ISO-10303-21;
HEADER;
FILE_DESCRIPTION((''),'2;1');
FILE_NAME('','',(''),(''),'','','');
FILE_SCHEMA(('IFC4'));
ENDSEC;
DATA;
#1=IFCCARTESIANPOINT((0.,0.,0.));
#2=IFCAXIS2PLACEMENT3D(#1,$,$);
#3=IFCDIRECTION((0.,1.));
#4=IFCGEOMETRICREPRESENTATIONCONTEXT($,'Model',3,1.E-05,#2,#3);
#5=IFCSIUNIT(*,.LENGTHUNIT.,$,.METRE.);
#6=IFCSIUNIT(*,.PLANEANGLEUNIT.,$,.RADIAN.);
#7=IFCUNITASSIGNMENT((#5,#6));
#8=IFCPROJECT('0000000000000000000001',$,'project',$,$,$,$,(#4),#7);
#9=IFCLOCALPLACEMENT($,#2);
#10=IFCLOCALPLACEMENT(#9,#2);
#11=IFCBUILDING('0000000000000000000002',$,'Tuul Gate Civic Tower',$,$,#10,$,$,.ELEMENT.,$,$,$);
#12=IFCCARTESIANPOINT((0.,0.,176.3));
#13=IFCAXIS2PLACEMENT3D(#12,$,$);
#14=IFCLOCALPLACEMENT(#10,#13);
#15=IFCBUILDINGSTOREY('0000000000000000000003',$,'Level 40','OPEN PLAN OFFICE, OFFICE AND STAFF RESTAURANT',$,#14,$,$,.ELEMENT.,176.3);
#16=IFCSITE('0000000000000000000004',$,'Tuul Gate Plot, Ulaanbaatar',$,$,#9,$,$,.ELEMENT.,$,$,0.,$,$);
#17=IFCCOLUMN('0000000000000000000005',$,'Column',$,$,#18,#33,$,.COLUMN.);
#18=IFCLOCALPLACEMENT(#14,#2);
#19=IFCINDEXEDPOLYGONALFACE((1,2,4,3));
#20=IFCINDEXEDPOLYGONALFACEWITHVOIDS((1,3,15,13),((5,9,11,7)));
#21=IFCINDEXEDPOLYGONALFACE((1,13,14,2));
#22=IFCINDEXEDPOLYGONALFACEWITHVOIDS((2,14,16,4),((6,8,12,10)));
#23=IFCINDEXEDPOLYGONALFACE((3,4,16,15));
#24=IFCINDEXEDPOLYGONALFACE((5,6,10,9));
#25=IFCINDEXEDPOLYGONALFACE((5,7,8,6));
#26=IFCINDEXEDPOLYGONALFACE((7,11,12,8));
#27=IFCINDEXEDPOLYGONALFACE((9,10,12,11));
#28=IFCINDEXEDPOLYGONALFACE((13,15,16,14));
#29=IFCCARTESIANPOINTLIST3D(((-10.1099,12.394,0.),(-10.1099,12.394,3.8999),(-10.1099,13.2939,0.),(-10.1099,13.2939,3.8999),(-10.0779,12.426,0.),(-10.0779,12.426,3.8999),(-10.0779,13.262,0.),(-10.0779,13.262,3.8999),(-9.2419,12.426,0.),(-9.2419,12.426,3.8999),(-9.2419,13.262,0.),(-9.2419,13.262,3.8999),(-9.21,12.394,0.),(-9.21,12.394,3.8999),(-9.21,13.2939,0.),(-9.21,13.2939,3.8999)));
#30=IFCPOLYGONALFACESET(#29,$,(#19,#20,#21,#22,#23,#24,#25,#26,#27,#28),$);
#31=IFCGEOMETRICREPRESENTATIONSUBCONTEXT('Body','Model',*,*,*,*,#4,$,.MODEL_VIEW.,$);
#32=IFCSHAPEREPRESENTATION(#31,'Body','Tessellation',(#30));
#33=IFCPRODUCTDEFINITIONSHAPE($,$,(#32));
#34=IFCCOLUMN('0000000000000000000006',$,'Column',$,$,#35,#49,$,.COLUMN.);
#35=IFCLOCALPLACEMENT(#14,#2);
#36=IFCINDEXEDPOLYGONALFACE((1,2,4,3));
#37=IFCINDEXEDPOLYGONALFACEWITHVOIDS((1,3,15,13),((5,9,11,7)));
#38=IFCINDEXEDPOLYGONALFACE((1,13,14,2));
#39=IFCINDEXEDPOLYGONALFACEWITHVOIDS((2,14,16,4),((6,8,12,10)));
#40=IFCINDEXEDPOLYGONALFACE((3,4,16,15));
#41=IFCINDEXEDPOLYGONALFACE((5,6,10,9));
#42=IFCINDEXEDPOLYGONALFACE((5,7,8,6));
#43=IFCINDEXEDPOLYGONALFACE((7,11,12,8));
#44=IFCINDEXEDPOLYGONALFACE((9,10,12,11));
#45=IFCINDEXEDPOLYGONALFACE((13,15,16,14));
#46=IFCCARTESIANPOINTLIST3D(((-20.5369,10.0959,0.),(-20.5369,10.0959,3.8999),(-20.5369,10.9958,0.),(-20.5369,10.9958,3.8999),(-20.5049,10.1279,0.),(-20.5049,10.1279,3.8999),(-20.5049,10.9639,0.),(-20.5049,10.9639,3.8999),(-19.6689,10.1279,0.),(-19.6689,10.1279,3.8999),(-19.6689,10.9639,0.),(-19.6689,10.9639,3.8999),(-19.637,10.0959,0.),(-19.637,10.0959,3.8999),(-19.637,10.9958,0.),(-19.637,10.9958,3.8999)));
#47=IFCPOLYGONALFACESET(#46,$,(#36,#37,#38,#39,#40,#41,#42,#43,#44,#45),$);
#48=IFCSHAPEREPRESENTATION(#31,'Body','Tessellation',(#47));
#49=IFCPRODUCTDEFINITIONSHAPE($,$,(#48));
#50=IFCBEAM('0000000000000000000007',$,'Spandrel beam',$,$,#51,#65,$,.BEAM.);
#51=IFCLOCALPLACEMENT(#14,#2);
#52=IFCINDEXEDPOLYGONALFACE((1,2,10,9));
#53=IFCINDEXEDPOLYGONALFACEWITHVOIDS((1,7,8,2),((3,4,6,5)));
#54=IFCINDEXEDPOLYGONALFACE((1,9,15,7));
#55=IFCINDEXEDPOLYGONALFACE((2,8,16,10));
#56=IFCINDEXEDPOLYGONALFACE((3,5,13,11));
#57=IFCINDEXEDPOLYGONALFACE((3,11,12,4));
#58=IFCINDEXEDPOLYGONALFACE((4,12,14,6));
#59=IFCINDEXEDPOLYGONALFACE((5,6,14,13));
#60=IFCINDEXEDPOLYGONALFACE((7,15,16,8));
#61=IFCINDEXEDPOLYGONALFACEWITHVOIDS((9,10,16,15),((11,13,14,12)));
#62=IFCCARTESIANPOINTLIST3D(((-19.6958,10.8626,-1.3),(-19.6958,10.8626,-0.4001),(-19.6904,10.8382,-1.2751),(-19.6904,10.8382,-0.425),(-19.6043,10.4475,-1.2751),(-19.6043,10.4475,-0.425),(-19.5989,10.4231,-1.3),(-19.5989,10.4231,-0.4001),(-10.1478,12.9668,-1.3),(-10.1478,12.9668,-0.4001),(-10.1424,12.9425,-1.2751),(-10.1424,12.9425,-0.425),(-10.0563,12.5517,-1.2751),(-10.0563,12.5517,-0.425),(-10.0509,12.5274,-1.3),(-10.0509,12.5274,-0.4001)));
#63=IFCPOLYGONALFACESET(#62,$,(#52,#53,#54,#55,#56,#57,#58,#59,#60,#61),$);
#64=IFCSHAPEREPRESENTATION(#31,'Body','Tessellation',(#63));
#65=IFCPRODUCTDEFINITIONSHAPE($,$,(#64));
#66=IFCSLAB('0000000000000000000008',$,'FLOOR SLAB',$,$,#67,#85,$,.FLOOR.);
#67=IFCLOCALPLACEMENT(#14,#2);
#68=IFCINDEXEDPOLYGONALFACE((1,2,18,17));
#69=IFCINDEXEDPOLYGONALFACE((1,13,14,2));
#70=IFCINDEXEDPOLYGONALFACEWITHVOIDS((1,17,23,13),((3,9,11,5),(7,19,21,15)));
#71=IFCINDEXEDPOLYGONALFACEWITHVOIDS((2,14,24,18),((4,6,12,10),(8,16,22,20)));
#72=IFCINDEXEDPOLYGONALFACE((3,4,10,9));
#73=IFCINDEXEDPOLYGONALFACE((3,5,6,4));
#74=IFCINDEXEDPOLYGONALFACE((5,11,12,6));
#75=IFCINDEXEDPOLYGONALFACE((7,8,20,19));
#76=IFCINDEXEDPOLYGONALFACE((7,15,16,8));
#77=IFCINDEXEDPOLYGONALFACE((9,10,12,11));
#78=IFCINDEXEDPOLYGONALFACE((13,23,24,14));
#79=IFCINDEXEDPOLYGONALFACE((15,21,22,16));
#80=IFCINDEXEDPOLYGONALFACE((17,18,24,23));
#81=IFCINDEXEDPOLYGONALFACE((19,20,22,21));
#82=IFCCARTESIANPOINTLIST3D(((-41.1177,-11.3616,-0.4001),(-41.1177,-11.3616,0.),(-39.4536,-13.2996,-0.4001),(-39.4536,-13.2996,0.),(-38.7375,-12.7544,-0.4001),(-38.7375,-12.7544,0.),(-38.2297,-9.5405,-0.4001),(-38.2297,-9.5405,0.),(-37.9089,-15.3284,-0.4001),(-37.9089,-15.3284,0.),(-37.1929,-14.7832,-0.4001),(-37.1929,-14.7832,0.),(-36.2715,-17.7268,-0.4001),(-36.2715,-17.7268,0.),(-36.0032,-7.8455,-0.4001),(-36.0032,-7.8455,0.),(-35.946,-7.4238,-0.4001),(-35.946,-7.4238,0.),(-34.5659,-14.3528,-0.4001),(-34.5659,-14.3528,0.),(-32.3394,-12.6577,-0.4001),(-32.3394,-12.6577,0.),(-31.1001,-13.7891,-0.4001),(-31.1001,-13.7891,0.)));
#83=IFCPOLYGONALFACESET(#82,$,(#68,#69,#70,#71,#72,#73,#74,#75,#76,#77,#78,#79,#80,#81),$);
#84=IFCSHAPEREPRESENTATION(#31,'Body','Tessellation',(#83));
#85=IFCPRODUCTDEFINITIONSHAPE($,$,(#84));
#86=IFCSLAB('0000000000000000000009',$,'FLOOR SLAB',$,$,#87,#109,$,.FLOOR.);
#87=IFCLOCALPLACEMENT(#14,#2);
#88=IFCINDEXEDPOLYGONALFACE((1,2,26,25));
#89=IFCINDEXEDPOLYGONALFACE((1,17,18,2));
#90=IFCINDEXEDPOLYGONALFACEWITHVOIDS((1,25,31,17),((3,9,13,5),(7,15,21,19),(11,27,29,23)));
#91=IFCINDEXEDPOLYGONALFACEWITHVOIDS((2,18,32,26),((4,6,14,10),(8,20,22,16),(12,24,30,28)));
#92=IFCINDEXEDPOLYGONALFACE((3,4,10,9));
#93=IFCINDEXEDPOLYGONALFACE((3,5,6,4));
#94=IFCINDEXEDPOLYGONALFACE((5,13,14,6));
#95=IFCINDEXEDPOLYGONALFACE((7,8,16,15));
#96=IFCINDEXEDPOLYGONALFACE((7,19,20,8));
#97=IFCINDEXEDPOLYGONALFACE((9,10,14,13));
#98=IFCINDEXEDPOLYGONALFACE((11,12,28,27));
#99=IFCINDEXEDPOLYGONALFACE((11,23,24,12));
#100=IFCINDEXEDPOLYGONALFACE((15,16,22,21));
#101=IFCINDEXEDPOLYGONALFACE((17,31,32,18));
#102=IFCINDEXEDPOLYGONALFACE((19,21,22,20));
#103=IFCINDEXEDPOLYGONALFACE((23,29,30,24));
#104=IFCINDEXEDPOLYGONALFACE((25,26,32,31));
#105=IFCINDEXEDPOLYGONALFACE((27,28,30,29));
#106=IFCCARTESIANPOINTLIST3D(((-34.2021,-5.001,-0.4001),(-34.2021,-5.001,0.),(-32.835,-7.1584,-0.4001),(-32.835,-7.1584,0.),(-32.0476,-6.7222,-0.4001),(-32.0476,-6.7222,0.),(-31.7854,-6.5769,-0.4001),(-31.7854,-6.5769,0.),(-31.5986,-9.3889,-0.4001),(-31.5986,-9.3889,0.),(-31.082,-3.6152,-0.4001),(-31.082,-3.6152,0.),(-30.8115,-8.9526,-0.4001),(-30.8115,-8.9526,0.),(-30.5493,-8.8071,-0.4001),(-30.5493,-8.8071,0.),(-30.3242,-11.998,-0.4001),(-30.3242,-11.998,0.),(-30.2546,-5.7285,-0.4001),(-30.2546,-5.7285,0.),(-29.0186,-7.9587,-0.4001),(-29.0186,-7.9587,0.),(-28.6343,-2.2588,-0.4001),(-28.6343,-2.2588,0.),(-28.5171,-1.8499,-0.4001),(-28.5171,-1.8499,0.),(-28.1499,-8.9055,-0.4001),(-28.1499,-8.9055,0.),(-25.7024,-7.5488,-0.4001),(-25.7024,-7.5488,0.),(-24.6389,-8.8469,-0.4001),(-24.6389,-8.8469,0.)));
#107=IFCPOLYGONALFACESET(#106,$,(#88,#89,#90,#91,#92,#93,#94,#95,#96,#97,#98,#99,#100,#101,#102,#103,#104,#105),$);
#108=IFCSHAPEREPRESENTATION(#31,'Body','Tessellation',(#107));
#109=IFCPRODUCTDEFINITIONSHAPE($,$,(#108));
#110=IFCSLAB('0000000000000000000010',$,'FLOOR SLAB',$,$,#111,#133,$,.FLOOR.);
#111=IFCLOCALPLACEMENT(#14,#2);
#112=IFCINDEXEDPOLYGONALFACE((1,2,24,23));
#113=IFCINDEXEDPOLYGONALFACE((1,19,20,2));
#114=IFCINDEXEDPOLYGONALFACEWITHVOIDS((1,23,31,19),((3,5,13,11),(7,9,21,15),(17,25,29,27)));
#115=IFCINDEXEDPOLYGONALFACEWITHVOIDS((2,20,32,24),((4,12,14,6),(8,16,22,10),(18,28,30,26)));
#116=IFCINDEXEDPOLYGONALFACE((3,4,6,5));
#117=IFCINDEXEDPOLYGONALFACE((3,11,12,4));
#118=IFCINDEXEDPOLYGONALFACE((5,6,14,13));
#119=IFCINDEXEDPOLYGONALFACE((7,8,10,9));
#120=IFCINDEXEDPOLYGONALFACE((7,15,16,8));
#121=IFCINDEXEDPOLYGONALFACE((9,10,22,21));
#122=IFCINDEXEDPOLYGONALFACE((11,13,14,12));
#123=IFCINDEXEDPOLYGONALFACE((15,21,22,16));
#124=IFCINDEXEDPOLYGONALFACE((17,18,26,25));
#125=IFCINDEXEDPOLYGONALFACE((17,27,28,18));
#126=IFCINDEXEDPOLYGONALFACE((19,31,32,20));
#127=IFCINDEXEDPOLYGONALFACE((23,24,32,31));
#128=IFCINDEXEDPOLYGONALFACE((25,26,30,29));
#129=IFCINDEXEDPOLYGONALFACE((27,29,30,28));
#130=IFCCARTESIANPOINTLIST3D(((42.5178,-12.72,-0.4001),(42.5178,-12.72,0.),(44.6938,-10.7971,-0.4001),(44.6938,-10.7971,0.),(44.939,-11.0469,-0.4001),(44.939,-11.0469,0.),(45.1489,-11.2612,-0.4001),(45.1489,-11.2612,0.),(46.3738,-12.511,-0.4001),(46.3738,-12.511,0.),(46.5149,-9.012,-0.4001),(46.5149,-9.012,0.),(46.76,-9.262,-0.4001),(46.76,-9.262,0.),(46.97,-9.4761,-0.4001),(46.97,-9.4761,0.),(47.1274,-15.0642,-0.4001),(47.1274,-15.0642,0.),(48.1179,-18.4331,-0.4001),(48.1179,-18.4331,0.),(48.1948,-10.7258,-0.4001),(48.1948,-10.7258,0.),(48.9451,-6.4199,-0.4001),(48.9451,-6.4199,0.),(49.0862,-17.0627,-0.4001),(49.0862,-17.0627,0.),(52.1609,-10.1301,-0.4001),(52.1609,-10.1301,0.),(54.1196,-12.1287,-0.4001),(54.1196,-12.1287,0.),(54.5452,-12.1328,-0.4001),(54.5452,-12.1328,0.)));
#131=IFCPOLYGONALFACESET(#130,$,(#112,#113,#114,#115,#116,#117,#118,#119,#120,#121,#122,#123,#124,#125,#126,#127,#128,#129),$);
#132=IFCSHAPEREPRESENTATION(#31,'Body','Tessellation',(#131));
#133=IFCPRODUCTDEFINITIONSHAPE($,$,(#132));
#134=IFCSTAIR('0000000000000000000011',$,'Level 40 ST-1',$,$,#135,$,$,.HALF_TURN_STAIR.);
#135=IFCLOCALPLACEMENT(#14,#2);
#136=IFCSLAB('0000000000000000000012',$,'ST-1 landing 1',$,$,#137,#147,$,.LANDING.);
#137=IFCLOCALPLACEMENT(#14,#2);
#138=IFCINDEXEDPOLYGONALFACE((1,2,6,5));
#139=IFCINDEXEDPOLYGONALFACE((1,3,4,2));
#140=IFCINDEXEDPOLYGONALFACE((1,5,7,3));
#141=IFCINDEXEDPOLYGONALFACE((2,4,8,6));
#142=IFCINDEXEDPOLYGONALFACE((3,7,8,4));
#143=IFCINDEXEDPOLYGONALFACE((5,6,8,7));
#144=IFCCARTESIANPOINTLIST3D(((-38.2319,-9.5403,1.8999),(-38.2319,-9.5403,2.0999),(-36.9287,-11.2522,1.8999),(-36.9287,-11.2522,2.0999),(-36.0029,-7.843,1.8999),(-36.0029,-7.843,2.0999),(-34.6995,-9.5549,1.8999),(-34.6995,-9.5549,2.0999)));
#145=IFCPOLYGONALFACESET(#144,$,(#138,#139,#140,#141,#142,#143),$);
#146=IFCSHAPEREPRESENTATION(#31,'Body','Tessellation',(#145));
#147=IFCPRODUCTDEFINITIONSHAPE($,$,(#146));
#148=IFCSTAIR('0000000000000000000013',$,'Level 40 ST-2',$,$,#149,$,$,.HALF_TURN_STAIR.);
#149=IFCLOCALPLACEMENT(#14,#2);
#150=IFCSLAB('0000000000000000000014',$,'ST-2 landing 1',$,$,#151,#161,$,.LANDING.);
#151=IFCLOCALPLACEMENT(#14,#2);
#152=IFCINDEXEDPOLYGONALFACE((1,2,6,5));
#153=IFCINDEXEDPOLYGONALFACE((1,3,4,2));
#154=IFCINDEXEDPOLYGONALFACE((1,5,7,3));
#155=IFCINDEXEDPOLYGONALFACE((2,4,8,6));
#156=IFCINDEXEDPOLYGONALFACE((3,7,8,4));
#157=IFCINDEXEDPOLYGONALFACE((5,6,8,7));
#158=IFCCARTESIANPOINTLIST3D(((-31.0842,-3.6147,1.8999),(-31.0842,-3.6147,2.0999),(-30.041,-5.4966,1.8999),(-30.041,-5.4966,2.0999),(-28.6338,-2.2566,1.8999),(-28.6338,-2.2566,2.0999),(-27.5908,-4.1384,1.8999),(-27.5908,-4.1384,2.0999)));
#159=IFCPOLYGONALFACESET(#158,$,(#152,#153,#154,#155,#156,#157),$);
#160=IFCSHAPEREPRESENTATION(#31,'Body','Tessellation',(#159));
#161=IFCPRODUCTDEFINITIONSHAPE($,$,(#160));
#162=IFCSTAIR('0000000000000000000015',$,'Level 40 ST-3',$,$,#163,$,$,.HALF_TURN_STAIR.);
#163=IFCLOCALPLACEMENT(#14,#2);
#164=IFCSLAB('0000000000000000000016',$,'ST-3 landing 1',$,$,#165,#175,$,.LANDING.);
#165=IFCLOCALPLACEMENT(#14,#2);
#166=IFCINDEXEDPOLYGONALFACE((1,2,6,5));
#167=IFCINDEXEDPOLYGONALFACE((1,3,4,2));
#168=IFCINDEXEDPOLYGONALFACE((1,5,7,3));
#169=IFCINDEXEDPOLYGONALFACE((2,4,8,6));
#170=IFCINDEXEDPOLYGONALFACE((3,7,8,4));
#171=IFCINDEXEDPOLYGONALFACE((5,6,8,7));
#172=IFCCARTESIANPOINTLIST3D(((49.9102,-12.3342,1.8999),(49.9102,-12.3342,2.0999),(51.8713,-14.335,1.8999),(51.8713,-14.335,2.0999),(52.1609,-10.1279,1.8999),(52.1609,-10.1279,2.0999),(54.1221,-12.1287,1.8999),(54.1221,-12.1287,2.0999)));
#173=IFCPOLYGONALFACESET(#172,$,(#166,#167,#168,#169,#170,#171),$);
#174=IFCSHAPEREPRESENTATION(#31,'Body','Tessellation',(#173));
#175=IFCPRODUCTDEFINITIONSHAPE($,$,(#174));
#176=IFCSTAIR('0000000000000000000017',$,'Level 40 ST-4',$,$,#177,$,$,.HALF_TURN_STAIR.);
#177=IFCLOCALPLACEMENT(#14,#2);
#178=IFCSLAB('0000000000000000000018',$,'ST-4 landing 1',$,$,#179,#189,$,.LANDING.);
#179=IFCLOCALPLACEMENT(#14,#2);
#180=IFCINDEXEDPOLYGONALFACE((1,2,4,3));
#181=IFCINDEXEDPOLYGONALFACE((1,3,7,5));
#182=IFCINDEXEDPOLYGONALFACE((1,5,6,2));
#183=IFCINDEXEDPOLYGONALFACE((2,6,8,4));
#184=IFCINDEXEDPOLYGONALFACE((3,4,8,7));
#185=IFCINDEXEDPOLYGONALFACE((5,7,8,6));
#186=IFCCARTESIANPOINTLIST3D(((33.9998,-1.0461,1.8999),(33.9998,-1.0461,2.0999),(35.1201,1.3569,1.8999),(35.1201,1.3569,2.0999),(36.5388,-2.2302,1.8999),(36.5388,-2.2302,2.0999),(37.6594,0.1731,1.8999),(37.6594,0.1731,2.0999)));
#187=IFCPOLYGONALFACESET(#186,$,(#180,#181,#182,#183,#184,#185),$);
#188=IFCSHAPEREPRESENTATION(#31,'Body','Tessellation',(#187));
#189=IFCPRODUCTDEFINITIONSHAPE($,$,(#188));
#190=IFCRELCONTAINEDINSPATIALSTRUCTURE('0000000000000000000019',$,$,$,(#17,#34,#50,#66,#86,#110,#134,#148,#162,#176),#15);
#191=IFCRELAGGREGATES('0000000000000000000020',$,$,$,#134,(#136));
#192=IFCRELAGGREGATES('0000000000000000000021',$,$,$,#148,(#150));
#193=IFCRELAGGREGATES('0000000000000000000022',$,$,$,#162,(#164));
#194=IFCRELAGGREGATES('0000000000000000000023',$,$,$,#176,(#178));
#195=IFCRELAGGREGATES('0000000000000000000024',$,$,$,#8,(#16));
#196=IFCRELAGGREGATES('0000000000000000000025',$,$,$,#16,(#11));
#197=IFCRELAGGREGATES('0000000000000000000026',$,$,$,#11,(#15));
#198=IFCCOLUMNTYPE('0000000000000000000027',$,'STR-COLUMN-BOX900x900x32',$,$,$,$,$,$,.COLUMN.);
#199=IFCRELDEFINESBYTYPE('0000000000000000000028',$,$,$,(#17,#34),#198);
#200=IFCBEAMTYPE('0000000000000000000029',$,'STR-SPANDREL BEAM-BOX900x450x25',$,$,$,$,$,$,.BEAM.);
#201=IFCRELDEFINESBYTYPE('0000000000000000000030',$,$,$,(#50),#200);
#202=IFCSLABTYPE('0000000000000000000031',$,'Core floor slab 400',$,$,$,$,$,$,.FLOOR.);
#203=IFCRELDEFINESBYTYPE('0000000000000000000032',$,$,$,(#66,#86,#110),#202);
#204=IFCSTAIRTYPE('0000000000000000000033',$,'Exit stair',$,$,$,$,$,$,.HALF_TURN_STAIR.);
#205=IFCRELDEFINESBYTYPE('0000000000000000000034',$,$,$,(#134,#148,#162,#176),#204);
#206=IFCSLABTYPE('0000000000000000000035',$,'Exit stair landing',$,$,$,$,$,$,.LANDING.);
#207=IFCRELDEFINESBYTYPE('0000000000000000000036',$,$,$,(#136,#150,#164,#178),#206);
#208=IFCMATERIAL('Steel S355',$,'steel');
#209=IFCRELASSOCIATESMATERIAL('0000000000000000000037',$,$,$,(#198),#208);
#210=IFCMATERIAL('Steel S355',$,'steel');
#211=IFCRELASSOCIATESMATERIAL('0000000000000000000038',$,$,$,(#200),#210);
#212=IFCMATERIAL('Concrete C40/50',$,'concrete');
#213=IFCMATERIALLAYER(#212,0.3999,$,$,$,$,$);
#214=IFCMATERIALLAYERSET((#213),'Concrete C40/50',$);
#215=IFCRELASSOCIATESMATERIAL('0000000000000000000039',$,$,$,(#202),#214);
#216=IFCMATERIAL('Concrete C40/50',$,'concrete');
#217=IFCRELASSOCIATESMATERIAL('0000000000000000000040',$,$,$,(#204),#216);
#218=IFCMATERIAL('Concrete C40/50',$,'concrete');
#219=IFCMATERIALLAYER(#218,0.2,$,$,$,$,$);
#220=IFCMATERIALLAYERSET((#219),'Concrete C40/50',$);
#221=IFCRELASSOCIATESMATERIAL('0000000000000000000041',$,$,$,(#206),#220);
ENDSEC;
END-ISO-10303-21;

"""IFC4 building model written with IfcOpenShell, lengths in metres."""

from ifc_helpers import new_model, si_unit, direction, frame, origin, origin_2d, place, context, subcontext, project, spatial, polyline, hollow_rectangle, outline, extrude, material, layer, layer_set, material_profile, profile_set, type_object, element, aggregate, save


model = new_model("IFC4")

# Units and contexts
model_context = context("Model", 3, precision=1e-05, world=origin(), true_north=direction((0.0, 1.0)))
body_context = subcontext(model_context, "Body", "Model", "MODEL_VIEW")
ifc_project = project(units=[si_unit("LENGTHUNIT", "METRE"), si_unit("PLANEANGLEUNIT", "RADIAN")], contexts=[model_context])

# Site, building, storey
site_placement = place(None, origin())
site = spatial("IfcSite", under=ifc_project, at=site_placement, Name="Tuul Gate Plot, Ulaanbaatar", CompositionType="ELEMENT", RefElevation=0.0)
building_placement = place(site_placement, origin())
building = spatial("IfcBuilding", under=site, at=building_placement, Name="Tuul Gate Civic Tower", CompositionType="ELEMENT")
storey_placement = place(building_placement, frame((0.0, 0.0, 176.3)))
storey = spatial("IfcBuildingStorey", under=building, at=storey_placement, Name="Level 40", Description="OPEN PLAN OFFICE, OFFICE AND STAFF RESTAURANT", CompositionType="ELEMENT", Elevation=176.3)

# Columns
ifc_material_1 = material(Name="Steel S355", Category="steel")
ifc_material_profile_1 = material_profile(ifc_material_1, hollow_rectangle(XDim=0.8999, YDim=0.8999, WallThickness=0.032, at=origin_2d()), Name="BOX900x900x32")
ifc_profile_set_1 = profile_set([ifc_material_profile_1], Name="Steel S355")
column_type = type_object("IfcColumnType", Name="STR-COLUMN-BOX900x900x32", PredefinedType="COLUMN", material=ifc_profile_set_1)
for number, where, z_axis, x_axis, name in (
    (1, (-9.6599, 12.844, 0.0), (0.0, 0.0, 1.0), (1.0, 0.0, 0.0), "Column"),
    (2, (-20.0869, 10.5459, 0.0), (0.0, 0.0, 1.0), (1.0, 0.0, 0.0), "Column"),
):
    element("IfcColumn", number, at=place(storey_placement, frame(where, z_axis=z_axis, x_axis=x_axis)), inside=storey, type_object=column_type, Name=name, PredefinedType="COLUMN", context=body_context, shape_type="SweptSolid", body=[
        extrude(hollow_rectangle(XDim=0.8999, YDim=0.8999, WallThickness=0.032, at=origin_2d()), origin(), (0.0, 0.0, 1.0), 3.8999),
    ])

# Beam
ifc_material_2 = material(Name="Steel S355", Category="steel")
ifc_material_profile_2 = material_profile(ifc_material_2, hollow_rectangle(XDim=0.45, YDim=0.8999, WallThickness=0.0249, at=origin_2d()), Name="BOX900x450x25")
ifc_profile_set_2 = profile_set([ifc_material_profile_2], Name="Steel S355")
beam_type = type_object("IfcBeamType", Name="STR-SPANDREL BEAM-BOX900x450x25", PredefinedType="BEAM", material=ifc_profile_set_2)
beam_placement = place(storey_placement, frame((-10.0994, 12.7471, -0.8501), z_axis=(-0.976566, -0.21522, 0.0), x_axis=(0.21522, -0.976566, 0.0)))
element("IfcBeam", 3, at=beam_placement, inside=storey, type_object=beam_type, Name="Spandrel beam", PredefinedType="BEAM", context=body_context, shape_type="SweptSolid", body=[
    extrude(hollow_rectangle(XDim=0.45, YDim=0.8999, WallThickness=0.0249, at=origin_2d()), origin(), (0.0, 0.0, 1.0), 9.7771),
])

# Slabs
ifc_material_3 = material(Name="Concrete C40/50", Category="concrete")
ifc_layer_1 = layer(ifc_material_3, 0.3999)
ifc_layer_set_1 = layer_set([ifc_layer_1], Name="Concrete C40/50")
slab_type_1 = type_object("IfcSlabType", Name="Core floor slab 400", PredefinedType="FLOOR", material=ifc_layer_set_1)
slab_1_placement = place(storey_placement, frame((0.0, 0.0, -0.4001)))
element("IfcSlab", 4, at=slab_1_placement, inside=storey, type_object=slab_type_1, Name="FLOOR SLAB", PredefinedType="FLOOR", context=body_context, shape_type="SweptSolid", body=[
    extrude(outline(polyline([(-31.1001, -13.7891), (-35.946, -7.4238), (-41.1177, -11.3616), (-36.2715, -17.7268), (-31.1001, -13.7891)]), holes=[polyline([(-37.1929, -14.7832), (-38.7375, -12.7544), (-39.4536, -13.2996), (-37.9089, -15.3284), (-37.1929, -14.7832)]), polyline([(-32.3394, -12.6577), (-34.5659, -14.3528), (-38.2297, -9.5405), (-36.0032, -7.8455), (-32.3394, -12.6577)])]), origin(), (0.0, 0.0, 1.0), 0.4001),
])
slab_2_placement = place(storey_placement, frame((0.0, 0.0, -0.4001)))
element("IfcSlab", 5, at=slab_2_placement, inside=storey, type_object=slab_type_1, Name="FLOOR SLAB", PredefinedType="FLOOR", context=body_context, shape_type="SweptSolid", body=[
    extrude(outline(polyline([(-24.6389, -8.8469), (-28.5171, -1.8499), (-34.2021, -5.001), (-30.3242, -11.998), (-24.6389, -8.8469)]), holes=[polyline([(-29.0186, -7.9587), (-30.2546, -5.7285), (-31.7854, -6.5769), (-30.5493, -8.8071), (-29.0186, -7.9587)]), polyline([(-30.8115, -8.9526), (-32.0476, -6.7222), (-32.835, -7.1584), (-31.5986, -9.3889), (-30.8115, -8.9526)]), polyline([(-25.7024, -7.5488), (-28.1499, -8.9055), (-31.082, -3.6152), (-28.6343, -2.2588), (-25.7024, -7.5488)])]), origin(), (0.0, 0.0, 1.0), 0.4001),
])
slab_3_placement = place(storey_placement, frame((0.0, 0.0, -0.4001)))
element("IfcSlab", 6, at=slab_3_placement, inside=storey, type_object=slab_type_1, Name="FLOOR SLAB", PredefinedType="FLOOR", context=body_context, shape_type="SweptSolid", body=[
    extrude(outline(polyline([(48.1179, -18.4331), (54.5452, -12.1328), (48.9451, -6.4199), (42.5178, -12.72), (48.1179, -18.4331)]), holes=[polyline([(46.3738, -12.511), (48.1948, -10.7258), (46.97, -9.4761), (45.1489, -11.2612), (46.3738, -12.511)]), polyline([(44.939, -11.0469), (46.76, -9.262), (46.5149, -9.012), (44.6938, -10.7971), (44.939, -11.0469)]), polyline([(49.0862, -17.0627), (47.1274, -15.0642), (52.1609, -10.1301), (54.1196, -12.1287), (49.0862, -17.0627)])]), origin(), (0.0, 0.0, 1.0), 0.4001),
])

# Stairs, slabs
ifc_material_4 = material(Name="Concrete C40/50", Category="concrete")
stair_type = type_object("IfcStairType", Name="Exit stair", PredefinedType="HALF_TURN_STAIR", material=ifc_material_4)
stair_1_placement = place(storey_placement, origin())
stair_1 = element("IfcStair", 7, at=stair_1_placement, inside=storey, type_object=stair_type, Name="Level 40 ST-1", PredefinedType="HALF_TURN_STAIR")
ifc_material_5 = material(Name="Concrete C40/50", Category="concrete")
ifc_layer_2 = layer(ifc_material_5, 0.2)
ifc_layer_set_2 = layer_set([ifc_layer_2], Name="Concrete C40/50")
slab_type_2 = type_object("IfcSlabType", Name="Exit stair landing", PredefinedType="LANDING", material=ifc_layer_set_2)
slab_4_placement = place(storey_placement, frame((0.0, 0.0, 1.8999)))
slab_4 = element("IfcSlab", 8, at=slab_4_placement, type_object=slab_type_2, Name="ST-1 landing 1", PredefinedType="LANDING", context=body_context, shape_type="SweptSolid", body=[
    extrude(outline(polyline([(-34.6995, -9.5549), (-36.9287, -11.2522), (-38.2319, -9.5403), (-36.0029, -7.843), (-34.6995, -9.5549)])), origin(), (0.0, 0.0, 1.0), 0.2),
])
aggregate(stair_1, [slab_4])
stair_2_placement = place(storey_placement, origin())
stair_2 = element("IfcStair", 9, at=stair_2_placement, inside=storey, type_object=stair_type, Name="Level 40 ST-2", PredefinedType="HALF_TURN_STAIR")
slab_5_placement = place(storey_placement, frame((0.0, 0.0, 1.8999)))
slab_5 = element("IfcSlab", 10, at=slab_5_placement, type_object=slab_type_2, Name="ST-2 landing 1", PredefinedType="LANDING", context=body_context, shape_type="SweptSolid", body=[
    extrude(outline(polyline([(-27.5908, -4.1384), (-30.041, -5.4966), (-31.0842, -3.6147), (-28.6338, -2.2566), (-27.5908, -4.1384)])), origin(), (0.0, 0.0, 1.0), 0.2),
])
aggregate(stair_2, [slab_5])
stair_3_placement = place(storey_placement, origin())
stair_3 = element("IfcStair", 11, at=stair_3_placement, inside=storey, type_object=stair_type, Name="Level 40 ST-3", PredefinedType="HALF_TURN_STAIR")
slab_6_placement = place(storey_placement, frame((0.0, 0.0, 1.8999)))
slab_6 = element("IfcSlab", 12, at=slab_6_placement, type_object=slab_type_2, Name="ST-3 landing 1", PredefinedType="LANDING", context=body_context, shape_type="SweptSolid", body=[
    extrude(outline(polyline([(51.8713, -14.335), (49.9102, -12.3342), (52.1609, -10.1279), (54.1221, -12.1287), (51.8713, -14.335)])), origin(), (0.0, 0.0, 1.0), 0.2),
])
aggregate(stair_3, [slab_6])
stair_4_placement = place(storey_placement, origin())
stair_4 = element("IfcStair", 13, at=stair_4_placement, inside=storey, type_object=stair_type, Name="Level 40 ST-4", PredefinedType="HALF_TURN_STAIR")
slab_7_placement = place(storey_placement, frame((0.0, 0.0, 1.8999)))
slab_7 = element("IfcSlab", 14, at=slab_7_placement, type_object=slab_type_2, Name="ST-4 landing 1", PredefinedType="LANDING", context=body_context, shape_type="SweptSolid", body=[
    extrude(outline(polyline([(36.5388, -2.2302), (33.9998, -1.0461), (35.1201, 1.3569), (37.6594, 0.1731), (36.5388, -2.2302)])), origin(), (0.0, 0.0, 1.0), 0.2),
])
aggregate(stair_4, [slab_7])

save(model, "model.ifc")
